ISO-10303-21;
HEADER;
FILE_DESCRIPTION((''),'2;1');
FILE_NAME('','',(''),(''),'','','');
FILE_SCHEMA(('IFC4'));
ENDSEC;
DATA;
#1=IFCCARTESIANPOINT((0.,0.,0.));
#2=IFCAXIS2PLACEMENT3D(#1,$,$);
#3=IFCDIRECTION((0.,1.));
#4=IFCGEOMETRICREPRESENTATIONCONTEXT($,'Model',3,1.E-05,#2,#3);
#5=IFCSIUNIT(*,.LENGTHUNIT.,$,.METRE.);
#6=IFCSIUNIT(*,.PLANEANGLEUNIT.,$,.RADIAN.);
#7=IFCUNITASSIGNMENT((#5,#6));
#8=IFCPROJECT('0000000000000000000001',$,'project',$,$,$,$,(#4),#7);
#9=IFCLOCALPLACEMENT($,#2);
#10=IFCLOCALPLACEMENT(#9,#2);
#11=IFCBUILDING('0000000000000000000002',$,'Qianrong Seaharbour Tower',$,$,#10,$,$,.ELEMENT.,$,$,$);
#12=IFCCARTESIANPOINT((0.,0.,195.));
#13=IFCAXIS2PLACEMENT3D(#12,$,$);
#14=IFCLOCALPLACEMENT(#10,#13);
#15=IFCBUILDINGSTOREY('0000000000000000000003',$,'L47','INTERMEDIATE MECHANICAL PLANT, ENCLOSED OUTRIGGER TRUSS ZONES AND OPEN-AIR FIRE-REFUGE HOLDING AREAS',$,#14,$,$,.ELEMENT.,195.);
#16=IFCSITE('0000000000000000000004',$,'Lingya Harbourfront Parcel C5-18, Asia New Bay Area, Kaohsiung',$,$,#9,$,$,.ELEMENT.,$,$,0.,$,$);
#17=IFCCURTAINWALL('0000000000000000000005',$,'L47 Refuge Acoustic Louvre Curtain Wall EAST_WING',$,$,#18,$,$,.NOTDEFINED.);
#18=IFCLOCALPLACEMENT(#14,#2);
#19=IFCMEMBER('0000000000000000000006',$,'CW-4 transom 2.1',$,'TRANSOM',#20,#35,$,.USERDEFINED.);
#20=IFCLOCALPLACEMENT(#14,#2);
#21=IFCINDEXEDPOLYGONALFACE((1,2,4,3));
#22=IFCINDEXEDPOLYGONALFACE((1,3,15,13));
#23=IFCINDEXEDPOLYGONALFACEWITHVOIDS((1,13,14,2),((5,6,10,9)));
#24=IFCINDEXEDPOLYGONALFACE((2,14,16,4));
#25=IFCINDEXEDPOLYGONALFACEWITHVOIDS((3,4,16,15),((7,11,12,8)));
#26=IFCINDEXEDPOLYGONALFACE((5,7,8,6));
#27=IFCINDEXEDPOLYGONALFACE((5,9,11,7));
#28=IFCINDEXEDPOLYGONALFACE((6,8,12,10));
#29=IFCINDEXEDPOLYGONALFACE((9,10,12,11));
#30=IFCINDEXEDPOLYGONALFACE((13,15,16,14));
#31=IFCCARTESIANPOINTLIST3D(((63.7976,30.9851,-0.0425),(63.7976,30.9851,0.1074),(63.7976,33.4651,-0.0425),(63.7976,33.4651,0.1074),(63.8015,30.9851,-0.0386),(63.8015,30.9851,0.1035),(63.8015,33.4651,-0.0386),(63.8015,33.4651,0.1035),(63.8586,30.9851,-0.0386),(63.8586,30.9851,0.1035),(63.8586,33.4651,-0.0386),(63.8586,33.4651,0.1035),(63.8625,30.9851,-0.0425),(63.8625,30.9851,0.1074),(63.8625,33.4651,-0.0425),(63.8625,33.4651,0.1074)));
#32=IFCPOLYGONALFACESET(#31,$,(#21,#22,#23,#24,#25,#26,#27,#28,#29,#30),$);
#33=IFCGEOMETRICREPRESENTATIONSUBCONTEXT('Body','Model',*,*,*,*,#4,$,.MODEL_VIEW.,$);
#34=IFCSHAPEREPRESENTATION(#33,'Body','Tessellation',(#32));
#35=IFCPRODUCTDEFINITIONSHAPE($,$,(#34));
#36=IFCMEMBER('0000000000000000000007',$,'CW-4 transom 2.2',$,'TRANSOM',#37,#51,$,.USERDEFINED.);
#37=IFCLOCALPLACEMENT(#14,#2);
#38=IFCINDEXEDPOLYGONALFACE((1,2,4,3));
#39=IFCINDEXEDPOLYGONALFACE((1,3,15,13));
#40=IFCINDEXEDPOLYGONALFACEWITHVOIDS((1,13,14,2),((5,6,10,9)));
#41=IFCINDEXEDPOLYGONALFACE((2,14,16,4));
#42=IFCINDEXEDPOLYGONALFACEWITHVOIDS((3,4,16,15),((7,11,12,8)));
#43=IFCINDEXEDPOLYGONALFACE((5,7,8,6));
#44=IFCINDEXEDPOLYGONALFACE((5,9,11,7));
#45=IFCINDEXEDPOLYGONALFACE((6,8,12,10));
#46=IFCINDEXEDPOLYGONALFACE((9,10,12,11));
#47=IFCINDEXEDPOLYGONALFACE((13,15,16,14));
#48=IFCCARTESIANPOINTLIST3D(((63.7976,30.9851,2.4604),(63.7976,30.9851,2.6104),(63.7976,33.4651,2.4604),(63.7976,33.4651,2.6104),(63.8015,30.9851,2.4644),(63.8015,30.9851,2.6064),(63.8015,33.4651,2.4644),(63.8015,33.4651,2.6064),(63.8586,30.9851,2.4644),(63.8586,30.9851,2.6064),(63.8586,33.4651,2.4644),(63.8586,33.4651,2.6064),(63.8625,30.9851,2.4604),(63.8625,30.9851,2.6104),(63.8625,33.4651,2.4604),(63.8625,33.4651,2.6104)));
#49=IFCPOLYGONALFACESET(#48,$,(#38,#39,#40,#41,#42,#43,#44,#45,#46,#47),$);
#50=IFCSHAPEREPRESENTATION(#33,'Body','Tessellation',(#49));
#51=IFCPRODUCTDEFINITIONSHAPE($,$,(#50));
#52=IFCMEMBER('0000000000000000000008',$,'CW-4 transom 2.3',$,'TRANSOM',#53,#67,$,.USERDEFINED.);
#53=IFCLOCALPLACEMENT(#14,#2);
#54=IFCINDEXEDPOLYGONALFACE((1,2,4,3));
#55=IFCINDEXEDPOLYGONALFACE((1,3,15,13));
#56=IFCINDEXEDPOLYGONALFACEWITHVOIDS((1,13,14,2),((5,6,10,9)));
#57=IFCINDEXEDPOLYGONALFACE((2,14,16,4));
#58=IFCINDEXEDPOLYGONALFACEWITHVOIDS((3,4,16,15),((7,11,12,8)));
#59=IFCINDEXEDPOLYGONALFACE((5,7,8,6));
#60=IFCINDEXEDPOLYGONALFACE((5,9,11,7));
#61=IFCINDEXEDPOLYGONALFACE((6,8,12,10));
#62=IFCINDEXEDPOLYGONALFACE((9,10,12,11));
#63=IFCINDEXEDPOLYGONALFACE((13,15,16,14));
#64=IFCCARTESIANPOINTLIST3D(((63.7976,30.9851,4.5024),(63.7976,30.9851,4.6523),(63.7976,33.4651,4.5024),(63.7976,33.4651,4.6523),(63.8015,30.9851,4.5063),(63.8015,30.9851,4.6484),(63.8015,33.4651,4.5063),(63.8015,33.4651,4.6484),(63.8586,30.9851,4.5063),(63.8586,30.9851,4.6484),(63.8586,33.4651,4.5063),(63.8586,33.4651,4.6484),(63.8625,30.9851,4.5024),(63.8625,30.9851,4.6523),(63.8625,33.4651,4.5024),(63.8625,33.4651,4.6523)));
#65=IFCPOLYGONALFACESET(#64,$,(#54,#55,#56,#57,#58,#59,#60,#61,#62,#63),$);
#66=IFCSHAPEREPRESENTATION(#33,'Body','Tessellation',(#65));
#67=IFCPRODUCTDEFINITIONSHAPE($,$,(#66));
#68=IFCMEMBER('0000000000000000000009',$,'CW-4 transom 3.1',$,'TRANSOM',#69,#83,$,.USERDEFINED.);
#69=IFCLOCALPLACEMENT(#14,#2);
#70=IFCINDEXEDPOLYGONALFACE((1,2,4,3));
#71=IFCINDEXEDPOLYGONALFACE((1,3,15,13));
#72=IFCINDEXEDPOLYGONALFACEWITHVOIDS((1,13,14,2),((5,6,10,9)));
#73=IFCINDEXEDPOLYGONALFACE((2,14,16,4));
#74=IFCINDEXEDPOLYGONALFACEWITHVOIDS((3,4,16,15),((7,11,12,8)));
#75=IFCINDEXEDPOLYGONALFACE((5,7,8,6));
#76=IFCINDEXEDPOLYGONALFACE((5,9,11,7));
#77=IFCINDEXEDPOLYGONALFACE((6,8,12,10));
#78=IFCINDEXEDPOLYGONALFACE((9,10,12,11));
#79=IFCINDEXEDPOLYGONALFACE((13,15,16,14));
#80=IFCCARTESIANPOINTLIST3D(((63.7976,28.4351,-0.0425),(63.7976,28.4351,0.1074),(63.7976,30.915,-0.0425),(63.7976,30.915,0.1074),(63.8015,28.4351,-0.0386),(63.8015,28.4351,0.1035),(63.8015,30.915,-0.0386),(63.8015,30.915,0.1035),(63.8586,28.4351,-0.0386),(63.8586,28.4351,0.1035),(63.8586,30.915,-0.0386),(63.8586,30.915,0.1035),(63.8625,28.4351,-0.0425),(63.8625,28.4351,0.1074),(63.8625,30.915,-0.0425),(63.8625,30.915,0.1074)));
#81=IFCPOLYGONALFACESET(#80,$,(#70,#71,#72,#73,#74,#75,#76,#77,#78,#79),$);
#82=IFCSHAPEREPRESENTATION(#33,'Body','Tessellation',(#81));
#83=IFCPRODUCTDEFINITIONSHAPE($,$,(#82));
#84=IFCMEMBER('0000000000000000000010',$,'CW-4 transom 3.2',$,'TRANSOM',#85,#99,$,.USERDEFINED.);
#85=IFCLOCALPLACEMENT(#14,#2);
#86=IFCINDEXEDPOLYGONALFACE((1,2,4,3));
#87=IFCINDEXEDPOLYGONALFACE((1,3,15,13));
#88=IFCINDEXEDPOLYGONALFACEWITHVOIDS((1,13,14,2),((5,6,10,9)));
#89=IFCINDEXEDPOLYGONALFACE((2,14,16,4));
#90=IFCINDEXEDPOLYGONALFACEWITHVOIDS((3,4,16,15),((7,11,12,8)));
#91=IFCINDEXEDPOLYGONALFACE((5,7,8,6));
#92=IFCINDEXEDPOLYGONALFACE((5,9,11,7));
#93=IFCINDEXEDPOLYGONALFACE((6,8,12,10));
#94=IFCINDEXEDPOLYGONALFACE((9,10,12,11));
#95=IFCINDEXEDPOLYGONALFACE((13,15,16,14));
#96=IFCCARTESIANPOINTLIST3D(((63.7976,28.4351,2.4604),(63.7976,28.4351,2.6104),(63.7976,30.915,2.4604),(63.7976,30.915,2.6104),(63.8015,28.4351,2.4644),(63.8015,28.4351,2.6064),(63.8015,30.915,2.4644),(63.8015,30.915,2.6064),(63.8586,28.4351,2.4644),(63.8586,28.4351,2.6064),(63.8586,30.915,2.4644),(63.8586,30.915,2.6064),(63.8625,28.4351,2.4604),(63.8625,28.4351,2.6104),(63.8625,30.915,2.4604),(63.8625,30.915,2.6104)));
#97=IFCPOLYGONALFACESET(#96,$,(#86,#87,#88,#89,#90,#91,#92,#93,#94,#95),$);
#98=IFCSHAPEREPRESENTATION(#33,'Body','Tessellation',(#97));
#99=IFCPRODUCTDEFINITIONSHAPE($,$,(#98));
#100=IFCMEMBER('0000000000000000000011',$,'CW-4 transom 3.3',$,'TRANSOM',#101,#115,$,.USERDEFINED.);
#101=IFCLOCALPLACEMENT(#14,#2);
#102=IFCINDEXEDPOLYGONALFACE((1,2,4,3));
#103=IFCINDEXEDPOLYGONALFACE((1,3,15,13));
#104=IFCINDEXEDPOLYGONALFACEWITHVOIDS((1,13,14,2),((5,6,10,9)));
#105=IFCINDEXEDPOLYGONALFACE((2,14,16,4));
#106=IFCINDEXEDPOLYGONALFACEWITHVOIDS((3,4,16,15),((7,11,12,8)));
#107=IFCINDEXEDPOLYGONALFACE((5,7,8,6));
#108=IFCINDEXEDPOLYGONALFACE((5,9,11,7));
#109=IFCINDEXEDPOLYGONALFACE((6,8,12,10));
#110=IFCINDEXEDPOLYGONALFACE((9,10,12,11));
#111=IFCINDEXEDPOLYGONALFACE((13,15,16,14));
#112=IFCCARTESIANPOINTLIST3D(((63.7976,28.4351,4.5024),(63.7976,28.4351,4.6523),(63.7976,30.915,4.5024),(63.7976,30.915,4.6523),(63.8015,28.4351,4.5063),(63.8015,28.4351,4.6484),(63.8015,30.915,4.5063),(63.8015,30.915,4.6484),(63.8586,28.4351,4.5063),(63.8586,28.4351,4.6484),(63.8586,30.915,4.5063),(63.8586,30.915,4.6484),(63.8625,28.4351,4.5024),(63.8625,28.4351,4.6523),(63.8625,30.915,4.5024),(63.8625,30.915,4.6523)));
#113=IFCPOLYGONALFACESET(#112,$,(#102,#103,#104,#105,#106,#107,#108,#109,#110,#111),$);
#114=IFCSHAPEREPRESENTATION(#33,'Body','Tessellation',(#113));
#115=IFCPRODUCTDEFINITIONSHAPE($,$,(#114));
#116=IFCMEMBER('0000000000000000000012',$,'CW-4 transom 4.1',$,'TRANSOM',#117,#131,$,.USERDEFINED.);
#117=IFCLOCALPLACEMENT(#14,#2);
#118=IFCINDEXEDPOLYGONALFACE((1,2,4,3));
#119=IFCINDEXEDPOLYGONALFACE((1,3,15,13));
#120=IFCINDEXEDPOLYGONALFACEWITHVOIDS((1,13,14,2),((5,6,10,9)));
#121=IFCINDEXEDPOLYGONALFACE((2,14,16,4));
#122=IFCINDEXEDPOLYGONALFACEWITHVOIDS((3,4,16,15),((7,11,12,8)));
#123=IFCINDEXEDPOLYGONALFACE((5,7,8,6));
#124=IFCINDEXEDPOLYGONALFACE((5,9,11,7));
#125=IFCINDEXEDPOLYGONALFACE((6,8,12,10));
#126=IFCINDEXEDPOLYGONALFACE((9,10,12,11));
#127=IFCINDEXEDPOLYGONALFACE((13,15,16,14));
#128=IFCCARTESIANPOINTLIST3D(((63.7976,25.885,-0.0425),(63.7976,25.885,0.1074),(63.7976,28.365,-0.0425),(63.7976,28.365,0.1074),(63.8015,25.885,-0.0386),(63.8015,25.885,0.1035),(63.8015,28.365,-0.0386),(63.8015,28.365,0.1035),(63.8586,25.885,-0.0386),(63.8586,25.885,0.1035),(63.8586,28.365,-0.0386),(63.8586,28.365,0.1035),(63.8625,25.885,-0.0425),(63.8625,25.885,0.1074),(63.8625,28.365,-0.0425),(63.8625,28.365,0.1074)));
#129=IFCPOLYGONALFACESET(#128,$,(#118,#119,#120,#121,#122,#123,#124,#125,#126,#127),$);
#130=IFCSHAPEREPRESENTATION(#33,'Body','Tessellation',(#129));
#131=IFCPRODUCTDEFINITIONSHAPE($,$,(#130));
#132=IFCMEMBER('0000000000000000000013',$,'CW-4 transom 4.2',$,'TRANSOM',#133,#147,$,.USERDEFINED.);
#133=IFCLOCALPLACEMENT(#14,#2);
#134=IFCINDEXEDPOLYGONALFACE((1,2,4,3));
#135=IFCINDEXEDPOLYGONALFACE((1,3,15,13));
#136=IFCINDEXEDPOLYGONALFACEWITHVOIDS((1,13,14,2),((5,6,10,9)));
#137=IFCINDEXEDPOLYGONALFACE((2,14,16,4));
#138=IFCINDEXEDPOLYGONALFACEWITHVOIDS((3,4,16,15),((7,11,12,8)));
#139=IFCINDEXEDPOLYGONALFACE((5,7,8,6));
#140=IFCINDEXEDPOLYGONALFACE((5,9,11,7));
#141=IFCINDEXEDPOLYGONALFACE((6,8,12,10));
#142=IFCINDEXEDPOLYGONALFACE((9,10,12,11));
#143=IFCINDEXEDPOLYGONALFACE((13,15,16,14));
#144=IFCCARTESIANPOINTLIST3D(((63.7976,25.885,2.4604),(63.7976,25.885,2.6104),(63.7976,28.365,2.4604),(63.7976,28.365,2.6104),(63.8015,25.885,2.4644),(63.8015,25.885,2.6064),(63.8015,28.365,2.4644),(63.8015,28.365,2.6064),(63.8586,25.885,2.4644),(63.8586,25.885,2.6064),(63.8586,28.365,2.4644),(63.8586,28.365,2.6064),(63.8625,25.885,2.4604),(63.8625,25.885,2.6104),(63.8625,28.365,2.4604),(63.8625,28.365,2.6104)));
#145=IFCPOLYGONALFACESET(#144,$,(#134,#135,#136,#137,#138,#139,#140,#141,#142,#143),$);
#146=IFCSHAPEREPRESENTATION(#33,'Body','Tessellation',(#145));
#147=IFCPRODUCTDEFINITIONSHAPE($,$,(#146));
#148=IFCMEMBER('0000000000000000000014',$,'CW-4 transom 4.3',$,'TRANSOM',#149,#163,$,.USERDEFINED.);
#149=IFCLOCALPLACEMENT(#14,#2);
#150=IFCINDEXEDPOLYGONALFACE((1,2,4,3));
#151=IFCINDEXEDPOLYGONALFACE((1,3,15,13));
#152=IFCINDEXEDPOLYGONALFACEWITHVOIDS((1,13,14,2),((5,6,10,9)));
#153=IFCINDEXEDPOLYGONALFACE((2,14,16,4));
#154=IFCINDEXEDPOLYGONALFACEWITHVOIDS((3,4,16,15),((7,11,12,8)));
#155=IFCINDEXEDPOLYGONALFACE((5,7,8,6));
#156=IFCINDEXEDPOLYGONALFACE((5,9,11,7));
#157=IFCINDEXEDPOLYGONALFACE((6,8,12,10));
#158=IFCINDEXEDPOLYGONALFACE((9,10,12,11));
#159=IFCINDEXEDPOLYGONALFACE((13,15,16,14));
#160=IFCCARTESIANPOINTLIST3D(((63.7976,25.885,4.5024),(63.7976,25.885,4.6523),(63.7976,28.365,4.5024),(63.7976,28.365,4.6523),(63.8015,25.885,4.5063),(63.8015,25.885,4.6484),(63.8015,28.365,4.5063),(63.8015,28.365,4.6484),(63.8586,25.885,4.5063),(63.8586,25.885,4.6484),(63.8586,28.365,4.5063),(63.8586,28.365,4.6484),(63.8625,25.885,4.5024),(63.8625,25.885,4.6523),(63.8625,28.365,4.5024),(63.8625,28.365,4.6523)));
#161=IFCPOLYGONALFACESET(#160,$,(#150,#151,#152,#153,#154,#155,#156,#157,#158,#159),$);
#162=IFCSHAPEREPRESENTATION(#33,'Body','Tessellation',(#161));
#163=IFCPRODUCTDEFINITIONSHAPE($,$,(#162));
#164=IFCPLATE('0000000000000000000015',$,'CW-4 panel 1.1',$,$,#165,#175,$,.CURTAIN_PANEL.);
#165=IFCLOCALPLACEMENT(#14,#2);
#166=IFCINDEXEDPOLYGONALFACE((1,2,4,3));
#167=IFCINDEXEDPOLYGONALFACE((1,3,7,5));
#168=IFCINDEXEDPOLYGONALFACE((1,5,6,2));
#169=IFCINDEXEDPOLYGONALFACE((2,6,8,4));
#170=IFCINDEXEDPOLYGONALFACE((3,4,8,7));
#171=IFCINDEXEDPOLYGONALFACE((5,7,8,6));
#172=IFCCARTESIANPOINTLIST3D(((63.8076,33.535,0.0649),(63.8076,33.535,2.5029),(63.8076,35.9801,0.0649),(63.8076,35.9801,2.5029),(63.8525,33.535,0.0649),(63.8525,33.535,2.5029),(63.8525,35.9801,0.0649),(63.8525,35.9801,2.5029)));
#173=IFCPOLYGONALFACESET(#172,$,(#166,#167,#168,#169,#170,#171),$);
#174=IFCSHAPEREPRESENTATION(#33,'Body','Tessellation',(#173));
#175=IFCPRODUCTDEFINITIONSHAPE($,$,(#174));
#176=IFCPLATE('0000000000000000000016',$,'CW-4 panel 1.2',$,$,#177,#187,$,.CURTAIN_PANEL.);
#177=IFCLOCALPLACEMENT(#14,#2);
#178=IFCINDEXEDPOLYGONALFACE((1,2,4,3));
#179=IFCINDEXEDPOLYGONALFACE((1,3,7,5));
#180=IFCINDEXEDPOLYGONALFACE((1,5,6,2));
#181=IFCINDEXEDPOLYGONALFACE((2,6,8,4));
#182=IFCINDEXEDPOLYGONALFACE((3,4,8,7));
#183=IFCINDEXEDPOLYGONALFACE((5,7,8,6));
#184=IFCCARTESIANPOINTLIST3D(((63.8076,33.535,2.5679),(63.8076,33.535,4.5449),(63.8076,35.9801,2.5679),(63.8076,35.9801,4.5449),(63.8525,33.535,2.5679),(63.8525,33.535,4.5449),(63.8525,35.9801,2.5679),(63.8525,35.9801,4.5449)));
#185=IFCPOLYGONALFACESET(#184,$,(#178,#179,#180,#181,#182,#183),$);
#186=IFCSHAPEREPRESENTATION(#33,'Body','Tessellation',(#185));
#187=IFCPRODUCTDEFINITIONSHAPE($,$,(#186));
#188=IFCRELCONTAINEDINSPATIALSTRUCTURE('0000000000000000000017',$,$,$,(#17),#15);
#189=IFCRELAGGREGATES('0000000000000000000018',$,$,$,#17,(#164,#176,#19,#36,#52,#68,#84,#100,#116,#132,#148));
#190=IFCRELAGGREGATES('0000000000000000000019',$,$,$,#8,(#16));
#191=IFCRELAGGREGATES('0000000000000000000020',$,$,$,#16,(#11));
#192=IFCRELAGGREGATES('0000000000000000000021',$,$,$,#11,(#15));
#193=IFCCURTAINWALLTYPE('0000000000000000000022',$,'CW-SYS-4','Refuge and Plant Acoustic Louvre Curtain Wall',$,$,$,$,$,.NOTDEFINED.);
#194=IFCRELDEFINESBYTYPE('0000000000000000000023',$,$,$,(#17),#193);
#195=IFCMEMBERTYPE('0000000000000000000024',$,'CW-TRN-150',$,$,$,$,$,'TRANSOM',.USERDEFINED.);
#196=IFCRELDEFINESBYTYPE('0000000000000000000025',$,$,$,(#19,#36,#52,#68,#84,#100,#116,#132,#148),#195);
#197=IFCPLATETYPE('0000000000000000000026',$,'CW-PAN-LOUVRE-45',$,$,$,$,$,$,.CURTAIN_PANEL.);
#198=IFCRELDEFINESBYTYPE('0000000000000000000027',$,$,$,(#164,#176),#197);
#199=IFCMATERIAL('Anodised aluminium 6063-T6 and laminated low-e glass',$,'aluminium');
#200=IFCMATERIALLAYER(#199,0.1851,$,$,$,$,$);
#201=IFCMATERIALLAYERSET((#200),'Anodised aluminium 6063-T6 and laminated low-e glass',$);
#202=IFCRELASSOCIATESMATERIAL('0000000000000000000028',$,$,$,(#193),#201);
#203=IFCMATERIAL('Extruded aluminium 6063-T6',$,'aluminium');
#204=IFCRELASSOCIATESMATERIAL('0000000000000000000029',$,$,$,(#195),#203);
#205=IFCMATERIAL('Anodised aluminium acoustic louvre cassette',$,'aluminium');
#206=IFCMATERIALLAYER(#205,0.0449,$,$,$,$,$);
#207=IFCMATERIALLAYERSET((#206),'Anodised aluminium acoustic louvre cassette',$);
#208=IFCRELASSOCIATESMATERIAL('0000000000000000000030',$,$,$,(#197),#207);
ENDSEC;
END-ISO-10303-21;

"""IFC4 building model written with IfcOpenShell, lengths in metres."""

from ifc_helpers import new_model, si_unit, direction, frame, origin, origin_2d, place, context, subcontext, project, spatial, rectangle, hollow_rectangle, extrude, material, layer, layer_set, material_profile, profile_set, type_object, element, aggregate, save


model = new_model("IFC4")

# Units and contexts
model_context = context("Model", 3, precision=1e-05, world=origin(), true_north=direction((0.0, 1.0)))
body_context = subcontext(model_context, "Body", "Model", "MODEL_VIEW")
ifc_project = project(units=[si_unit("LENGTHUNIT", "METRE"), si_unit("PLANEANGLEUNIT", "RADIAN")], contexts=[model_context])

# Site, building, storey
site_placement = place(None, origin())
site = spatial("IfcSite", under=ifc_project, at=site_placement, Name="Lingya Harbourfront Parcel C5-18, Asia New Bay Area, Kaohsiung", CompositionType="ELEMENT", RefElevation=0.0)
building_placement = place(site_placement, origin())
building = spatial("IfcBuilding", under=site, at=building_placement, Name="Qianrong Seaharbour Tower", CompositionType="ELEMENT")
storey_placement = place(building_placement, frame((0.0, 0.0, 195.0)))
storey = spatial("IfcBuildingStorey", under=building, at=storey_placement, Name="L47", Description="INTERMEDIATE MECHANICAL PLANT, ENCLOSED OUTRIGGER TRUSS ZONES AND OPEN-AIR FIRE-REFUGE HOLDING AREAS", CompositionType="ELEMENT", Elevation=195.0)

# Curtain wall, members, plates
ifc_material_1 = material(Name="Anodised aluminium 6063-T6 and laminated low-e glass", Category="aluminium")
ifc_layer_1 = layer(ifc_material_1, 0.1851)
ifc_layer_set_1 = layer_set([ifc_layer_1], Name="Anodised aluminium 6063-T6 and laminated low-e glass")
curtain_wall_type = type_object("IfcCurtainWallType", Name="CW-SYS-4", Description="Refuge and Plant Acoustic Louvre Curtain Wall", PredefinedType="NOTDEFINED", material=ifc_layer_set_1)
curtain_wall_placement = place(storey_placement, origin())
curtain_wall = element("IfcCurtainWall", 1, at=curtain_wall_placement, inside=storey, type_object=curtain_wall_type, Name="L47 Refuge Acoustic Louvre Curtain Wall EAST_WING", PredefinedType="NOTDEFINED")
ifc_material_2 = material(Name="Extruded aluminium 6063-T6", Category="aluminium")
ifc_material_profile_1 = material_profile(ifc_material_2, hollow_rectangle(XDim=0.0649, YDim=0.1499, WallThickness=0.0039, at=origin_2d()), Name="ALU-TRN-150x65x4")
ifc_profile_set_1 = profile_set([ifc_material_profile_1], Name="Extruded aluminium 6063-T6")
member_type_1 = type_object("IfcMemberType", Name="CW-TRN-150", ElementType="TRANSOM", PredefinedType="USERDEFINED", material=ifc_profile_set_1)
member_1_placement = place(storey_placement, frame((63.8301, 33.4651, 0.0325), z_axis=(0.0, -1.0, 0.0), x_axis=(1.0, 0.0, 0.0)))
member_1 = element("IfcMember", 2, at=member_1_placement, type_object=member_type_1, Name="CW-4 transom 2.1", ObjectType="TRANSOM", PredefinedType="USERDEFINED", context=body_context, shape_type="SweptSolid", body=[
    extrude(hollow_rectangle(XDim=0.0649, YDim=0.1499, WallThickness=0.0039, at=origin_2d()), origin(), (0.0, 0.0, 1.0), 2.48),
])
member_2_placement = place(storey_placement, frame((63.8301, 33.4651, 2.5354), z_axis=(0.0, -1.0, 0.0), x_axis=(1.0, 0.0, 0.0)))
member_2 = element("IfcMember", 3, at=member_2_placement, type_object=member_type_1, Name="CW-4 transom 2.2", ObjectType="TRANSOM", PredefinedType="USERDEFINED", context=body_context, shape_type="SweptSolid", body=[
    extrude(hollow_rectangle(XDim=0.0649, YDim=0.1499, WallThickness=0.0039, at=origin_2d()), origin(), (0.0, 0.0, 1.0), 2.48),
])
member_3_placement = place(storey_placement, frame((63.8301, 33.4651, 4.5774), z_axis=(0.0, -1.0, 0.0), x_axis=(1.0, 0.0, 0.0)))
member_3 = element("IfcMember", 4, at=member_3_placement, type_object=member_type_1, Name="CW-4 transom 2.3", ObjectType="TRANSOM", PredefinedType="USERDEFINED", context=body_context, shape_type="SweptSolid", body=[
    extrude(hollow_rectangle(XDim=0.0649, YDim=0.1499, WallThickness=0.0039, at=origin_2d()), origin(), (0.0, 0.0, 1.0), 2.48),
])
member_4_placement = place(storey_placement, frame((63.8301, 30.915, 0.0325), z_axis=(0.0, -1.0, 0.0), x_axis=(1.0, 0.0, 0.0)))
member_4 = element("IfcMember", 5, at=member_4_placement, type_object=member_type_1, Name="CW-4 transom 3.1", ObjectType="TRANSOM", PredefinedType="USERDEFINED", context=body_context, shape_type="SweptSolid", body=[
    extrude(hollow_rectangle(XDim=0.0649, YDim=0.1499, WallThickness=0.0039, at=origin_2d()), origin(), (0.0, 0.0, 1.0), 2.48),
])
member_5_placement = place(storey_placement, frame((63.8301, 30.915, 2.5354), z_axis=(0.0, -1.0, 0.0), x_axis=(1.0, 0.0, 0.0)))
member_5 = element("IfcMember", 6, at=member_5_placement, type_object=member_type_1, Name="CW-4 transom 3.2", ObjectType="TRANSOM", PredefinedType="USERDEFINED", context=body_context, shape_type="SweptSolid", body=[
    extrude(hollow_rectangle(XDim=0.0649, YDim=0.1499, WallThickness=0.0039, at=origin_2d()), origin(), (0.0, 0.0, 1.0), 2.48),
])
member_6_placement = place(storey_placement, frame((63.8301, 30.915, 4.5774), z_axis=(0.0, -1.0, 0.0), x_axis=(1.0, 0.0, 0.0)))
member_6 = element("IfcMember", 7, at=member_6_placement, type_object=member_type_1, Name="CW-4 transom 3.3", ObjectType="TRANSOM", PredefinedType="USERDEFINED", context=body_context, shape_type="SweptSolid", body=[
    extrude(hollow_rectangle(XDim=0.0649, YDim=0.1499, WallThickness=0.0039, at=origin_2d()), origin(), (0.0, 0.0, 1.0), 2.48),
])
member_7_placement = place(storey_placement, frame((63.8301, 28.365, 0.0325), z_axis=(0.0, -1.0, 0.0), x_axis=(1.0, 0.0, 0.0)))
member_7 = element("IfcMember", 8, at=member_7_placement, type_object=member_type_1, Name="CW-4 transom 4.1", ObjectType="TRANSOM", PredefinedType="USERDEFINED", context=body_context, shape_type="SweptSolid", body=[
    extrude(hollow_rectangle(XDim=0.0649, YDim=0.1499, WallThickness=0.0039, at=origin_2d()), origin(), (0.0, 0.0, 1.0), 2.48),
])
member_8_placement = place(storey_placement, frame((63.8301, 28.365, 2.5354), z_axis=(0.0, -1.0, 0.0), x_axis=(1.0, 0.0, 0.0)))
member_8 = element("IfcMember", 9, at=member_8_placement, type_object=member_type_1, Name="CW-4 transom 4.2", ObjectType="TRANSOM", PredefinedType="USERDEFINED", context=body_context, shape_type="SweptSolid", body=[
    extrude(hollow_rectangle(XDim=0.0649, YDim=0.1499, WallThickness=0.0039, at=origin_2d()), origin(), (0.0, 0.0, 1.0), 2.48),
])
member_9_placement = place(storey_placement, frame((63.8301, 28.365, 4.5774), z_axis=(0.0, -1.0, 0.0), x_axis=(1.0, 0.0, 0.0)))
member_9 = element("IfcMember", 10, at=member_9_placement, type_object=member_type_1, Name="CW-4 transom 4.3", ObjectType="TRANSOM", PredefinedType="USERDEFINED", context=body_context, shape_type="SweptSolid", body=[
    extrude(hollow_rectangle(XDim=0.0649, YDim=0.1499, WallThickness=0.0039, at=origin_2d()), origin(), (0.0, 0.0, 1.0), 2.48),
])
ifc_material_3 = material(Name="Anodised aluminium acoustic louvre cassette", Category="aluminium")
ifc_layer_2 = layer(ifc_material_3, 0.0449)
ifc_layer_set_2 = layer_set([ifc_layer_2], Name="Anodised aluminium acoustic louvre cassette")
plate_type = type_object("IfcPlateType", Name="CW-PAN-LOUVRE-45", PredefinedType="CURTAIN_PANEL", material=ifc_layer_set_2)
plate_1_placement = place(storey_placement, frame((63.8301, 34.7576, 0.0649), z_axis=(0.0, 0.0, 1.0), x_axis=(0.0, -1.0, 0.0)))
plate_1 = element("IfcPlate", 11, at=plate_1_placement, type_object=plate_type, Name="CW-4 panel 1.1", PredefinedType="CURTAIN_PANEL", context=body_context, shape_type="SweptSolid", body=[
    extrude(rectangle(XDim=2.4451, YDim=0.0449, at=origin_2d()), origin(), (0.0, 0.0, 1.0), 2.438),
])
plate_2_placement = place(storey_placement, frame((63.8301, 34.7576, 2.5679), z_axis=(0.0, 0.0, 1.0), x_axis=(0.0, -1.0, 0.0)))
plate_2 = element("IfcPlate", 12, at=plate_2_placement, type_object=plate_type, Name="CW-4 panel 1.2", PredefinedType="CURTAIN_PANEL", context=body_context, shape_type="SweptSolid", body=[
    extrude(rectangle(XDim=2.4451, YDim=0.0449, at=origin_2d()), origin(), (0.0, 0.0, 1.0), 1.9771),
])
aggregate(curtain_wall, [plate_1, plate_2, member_1, member_2, member_3, member_4, member_5, member_6, member_7, member_8, member_9])

save(model, "model.ifc")
